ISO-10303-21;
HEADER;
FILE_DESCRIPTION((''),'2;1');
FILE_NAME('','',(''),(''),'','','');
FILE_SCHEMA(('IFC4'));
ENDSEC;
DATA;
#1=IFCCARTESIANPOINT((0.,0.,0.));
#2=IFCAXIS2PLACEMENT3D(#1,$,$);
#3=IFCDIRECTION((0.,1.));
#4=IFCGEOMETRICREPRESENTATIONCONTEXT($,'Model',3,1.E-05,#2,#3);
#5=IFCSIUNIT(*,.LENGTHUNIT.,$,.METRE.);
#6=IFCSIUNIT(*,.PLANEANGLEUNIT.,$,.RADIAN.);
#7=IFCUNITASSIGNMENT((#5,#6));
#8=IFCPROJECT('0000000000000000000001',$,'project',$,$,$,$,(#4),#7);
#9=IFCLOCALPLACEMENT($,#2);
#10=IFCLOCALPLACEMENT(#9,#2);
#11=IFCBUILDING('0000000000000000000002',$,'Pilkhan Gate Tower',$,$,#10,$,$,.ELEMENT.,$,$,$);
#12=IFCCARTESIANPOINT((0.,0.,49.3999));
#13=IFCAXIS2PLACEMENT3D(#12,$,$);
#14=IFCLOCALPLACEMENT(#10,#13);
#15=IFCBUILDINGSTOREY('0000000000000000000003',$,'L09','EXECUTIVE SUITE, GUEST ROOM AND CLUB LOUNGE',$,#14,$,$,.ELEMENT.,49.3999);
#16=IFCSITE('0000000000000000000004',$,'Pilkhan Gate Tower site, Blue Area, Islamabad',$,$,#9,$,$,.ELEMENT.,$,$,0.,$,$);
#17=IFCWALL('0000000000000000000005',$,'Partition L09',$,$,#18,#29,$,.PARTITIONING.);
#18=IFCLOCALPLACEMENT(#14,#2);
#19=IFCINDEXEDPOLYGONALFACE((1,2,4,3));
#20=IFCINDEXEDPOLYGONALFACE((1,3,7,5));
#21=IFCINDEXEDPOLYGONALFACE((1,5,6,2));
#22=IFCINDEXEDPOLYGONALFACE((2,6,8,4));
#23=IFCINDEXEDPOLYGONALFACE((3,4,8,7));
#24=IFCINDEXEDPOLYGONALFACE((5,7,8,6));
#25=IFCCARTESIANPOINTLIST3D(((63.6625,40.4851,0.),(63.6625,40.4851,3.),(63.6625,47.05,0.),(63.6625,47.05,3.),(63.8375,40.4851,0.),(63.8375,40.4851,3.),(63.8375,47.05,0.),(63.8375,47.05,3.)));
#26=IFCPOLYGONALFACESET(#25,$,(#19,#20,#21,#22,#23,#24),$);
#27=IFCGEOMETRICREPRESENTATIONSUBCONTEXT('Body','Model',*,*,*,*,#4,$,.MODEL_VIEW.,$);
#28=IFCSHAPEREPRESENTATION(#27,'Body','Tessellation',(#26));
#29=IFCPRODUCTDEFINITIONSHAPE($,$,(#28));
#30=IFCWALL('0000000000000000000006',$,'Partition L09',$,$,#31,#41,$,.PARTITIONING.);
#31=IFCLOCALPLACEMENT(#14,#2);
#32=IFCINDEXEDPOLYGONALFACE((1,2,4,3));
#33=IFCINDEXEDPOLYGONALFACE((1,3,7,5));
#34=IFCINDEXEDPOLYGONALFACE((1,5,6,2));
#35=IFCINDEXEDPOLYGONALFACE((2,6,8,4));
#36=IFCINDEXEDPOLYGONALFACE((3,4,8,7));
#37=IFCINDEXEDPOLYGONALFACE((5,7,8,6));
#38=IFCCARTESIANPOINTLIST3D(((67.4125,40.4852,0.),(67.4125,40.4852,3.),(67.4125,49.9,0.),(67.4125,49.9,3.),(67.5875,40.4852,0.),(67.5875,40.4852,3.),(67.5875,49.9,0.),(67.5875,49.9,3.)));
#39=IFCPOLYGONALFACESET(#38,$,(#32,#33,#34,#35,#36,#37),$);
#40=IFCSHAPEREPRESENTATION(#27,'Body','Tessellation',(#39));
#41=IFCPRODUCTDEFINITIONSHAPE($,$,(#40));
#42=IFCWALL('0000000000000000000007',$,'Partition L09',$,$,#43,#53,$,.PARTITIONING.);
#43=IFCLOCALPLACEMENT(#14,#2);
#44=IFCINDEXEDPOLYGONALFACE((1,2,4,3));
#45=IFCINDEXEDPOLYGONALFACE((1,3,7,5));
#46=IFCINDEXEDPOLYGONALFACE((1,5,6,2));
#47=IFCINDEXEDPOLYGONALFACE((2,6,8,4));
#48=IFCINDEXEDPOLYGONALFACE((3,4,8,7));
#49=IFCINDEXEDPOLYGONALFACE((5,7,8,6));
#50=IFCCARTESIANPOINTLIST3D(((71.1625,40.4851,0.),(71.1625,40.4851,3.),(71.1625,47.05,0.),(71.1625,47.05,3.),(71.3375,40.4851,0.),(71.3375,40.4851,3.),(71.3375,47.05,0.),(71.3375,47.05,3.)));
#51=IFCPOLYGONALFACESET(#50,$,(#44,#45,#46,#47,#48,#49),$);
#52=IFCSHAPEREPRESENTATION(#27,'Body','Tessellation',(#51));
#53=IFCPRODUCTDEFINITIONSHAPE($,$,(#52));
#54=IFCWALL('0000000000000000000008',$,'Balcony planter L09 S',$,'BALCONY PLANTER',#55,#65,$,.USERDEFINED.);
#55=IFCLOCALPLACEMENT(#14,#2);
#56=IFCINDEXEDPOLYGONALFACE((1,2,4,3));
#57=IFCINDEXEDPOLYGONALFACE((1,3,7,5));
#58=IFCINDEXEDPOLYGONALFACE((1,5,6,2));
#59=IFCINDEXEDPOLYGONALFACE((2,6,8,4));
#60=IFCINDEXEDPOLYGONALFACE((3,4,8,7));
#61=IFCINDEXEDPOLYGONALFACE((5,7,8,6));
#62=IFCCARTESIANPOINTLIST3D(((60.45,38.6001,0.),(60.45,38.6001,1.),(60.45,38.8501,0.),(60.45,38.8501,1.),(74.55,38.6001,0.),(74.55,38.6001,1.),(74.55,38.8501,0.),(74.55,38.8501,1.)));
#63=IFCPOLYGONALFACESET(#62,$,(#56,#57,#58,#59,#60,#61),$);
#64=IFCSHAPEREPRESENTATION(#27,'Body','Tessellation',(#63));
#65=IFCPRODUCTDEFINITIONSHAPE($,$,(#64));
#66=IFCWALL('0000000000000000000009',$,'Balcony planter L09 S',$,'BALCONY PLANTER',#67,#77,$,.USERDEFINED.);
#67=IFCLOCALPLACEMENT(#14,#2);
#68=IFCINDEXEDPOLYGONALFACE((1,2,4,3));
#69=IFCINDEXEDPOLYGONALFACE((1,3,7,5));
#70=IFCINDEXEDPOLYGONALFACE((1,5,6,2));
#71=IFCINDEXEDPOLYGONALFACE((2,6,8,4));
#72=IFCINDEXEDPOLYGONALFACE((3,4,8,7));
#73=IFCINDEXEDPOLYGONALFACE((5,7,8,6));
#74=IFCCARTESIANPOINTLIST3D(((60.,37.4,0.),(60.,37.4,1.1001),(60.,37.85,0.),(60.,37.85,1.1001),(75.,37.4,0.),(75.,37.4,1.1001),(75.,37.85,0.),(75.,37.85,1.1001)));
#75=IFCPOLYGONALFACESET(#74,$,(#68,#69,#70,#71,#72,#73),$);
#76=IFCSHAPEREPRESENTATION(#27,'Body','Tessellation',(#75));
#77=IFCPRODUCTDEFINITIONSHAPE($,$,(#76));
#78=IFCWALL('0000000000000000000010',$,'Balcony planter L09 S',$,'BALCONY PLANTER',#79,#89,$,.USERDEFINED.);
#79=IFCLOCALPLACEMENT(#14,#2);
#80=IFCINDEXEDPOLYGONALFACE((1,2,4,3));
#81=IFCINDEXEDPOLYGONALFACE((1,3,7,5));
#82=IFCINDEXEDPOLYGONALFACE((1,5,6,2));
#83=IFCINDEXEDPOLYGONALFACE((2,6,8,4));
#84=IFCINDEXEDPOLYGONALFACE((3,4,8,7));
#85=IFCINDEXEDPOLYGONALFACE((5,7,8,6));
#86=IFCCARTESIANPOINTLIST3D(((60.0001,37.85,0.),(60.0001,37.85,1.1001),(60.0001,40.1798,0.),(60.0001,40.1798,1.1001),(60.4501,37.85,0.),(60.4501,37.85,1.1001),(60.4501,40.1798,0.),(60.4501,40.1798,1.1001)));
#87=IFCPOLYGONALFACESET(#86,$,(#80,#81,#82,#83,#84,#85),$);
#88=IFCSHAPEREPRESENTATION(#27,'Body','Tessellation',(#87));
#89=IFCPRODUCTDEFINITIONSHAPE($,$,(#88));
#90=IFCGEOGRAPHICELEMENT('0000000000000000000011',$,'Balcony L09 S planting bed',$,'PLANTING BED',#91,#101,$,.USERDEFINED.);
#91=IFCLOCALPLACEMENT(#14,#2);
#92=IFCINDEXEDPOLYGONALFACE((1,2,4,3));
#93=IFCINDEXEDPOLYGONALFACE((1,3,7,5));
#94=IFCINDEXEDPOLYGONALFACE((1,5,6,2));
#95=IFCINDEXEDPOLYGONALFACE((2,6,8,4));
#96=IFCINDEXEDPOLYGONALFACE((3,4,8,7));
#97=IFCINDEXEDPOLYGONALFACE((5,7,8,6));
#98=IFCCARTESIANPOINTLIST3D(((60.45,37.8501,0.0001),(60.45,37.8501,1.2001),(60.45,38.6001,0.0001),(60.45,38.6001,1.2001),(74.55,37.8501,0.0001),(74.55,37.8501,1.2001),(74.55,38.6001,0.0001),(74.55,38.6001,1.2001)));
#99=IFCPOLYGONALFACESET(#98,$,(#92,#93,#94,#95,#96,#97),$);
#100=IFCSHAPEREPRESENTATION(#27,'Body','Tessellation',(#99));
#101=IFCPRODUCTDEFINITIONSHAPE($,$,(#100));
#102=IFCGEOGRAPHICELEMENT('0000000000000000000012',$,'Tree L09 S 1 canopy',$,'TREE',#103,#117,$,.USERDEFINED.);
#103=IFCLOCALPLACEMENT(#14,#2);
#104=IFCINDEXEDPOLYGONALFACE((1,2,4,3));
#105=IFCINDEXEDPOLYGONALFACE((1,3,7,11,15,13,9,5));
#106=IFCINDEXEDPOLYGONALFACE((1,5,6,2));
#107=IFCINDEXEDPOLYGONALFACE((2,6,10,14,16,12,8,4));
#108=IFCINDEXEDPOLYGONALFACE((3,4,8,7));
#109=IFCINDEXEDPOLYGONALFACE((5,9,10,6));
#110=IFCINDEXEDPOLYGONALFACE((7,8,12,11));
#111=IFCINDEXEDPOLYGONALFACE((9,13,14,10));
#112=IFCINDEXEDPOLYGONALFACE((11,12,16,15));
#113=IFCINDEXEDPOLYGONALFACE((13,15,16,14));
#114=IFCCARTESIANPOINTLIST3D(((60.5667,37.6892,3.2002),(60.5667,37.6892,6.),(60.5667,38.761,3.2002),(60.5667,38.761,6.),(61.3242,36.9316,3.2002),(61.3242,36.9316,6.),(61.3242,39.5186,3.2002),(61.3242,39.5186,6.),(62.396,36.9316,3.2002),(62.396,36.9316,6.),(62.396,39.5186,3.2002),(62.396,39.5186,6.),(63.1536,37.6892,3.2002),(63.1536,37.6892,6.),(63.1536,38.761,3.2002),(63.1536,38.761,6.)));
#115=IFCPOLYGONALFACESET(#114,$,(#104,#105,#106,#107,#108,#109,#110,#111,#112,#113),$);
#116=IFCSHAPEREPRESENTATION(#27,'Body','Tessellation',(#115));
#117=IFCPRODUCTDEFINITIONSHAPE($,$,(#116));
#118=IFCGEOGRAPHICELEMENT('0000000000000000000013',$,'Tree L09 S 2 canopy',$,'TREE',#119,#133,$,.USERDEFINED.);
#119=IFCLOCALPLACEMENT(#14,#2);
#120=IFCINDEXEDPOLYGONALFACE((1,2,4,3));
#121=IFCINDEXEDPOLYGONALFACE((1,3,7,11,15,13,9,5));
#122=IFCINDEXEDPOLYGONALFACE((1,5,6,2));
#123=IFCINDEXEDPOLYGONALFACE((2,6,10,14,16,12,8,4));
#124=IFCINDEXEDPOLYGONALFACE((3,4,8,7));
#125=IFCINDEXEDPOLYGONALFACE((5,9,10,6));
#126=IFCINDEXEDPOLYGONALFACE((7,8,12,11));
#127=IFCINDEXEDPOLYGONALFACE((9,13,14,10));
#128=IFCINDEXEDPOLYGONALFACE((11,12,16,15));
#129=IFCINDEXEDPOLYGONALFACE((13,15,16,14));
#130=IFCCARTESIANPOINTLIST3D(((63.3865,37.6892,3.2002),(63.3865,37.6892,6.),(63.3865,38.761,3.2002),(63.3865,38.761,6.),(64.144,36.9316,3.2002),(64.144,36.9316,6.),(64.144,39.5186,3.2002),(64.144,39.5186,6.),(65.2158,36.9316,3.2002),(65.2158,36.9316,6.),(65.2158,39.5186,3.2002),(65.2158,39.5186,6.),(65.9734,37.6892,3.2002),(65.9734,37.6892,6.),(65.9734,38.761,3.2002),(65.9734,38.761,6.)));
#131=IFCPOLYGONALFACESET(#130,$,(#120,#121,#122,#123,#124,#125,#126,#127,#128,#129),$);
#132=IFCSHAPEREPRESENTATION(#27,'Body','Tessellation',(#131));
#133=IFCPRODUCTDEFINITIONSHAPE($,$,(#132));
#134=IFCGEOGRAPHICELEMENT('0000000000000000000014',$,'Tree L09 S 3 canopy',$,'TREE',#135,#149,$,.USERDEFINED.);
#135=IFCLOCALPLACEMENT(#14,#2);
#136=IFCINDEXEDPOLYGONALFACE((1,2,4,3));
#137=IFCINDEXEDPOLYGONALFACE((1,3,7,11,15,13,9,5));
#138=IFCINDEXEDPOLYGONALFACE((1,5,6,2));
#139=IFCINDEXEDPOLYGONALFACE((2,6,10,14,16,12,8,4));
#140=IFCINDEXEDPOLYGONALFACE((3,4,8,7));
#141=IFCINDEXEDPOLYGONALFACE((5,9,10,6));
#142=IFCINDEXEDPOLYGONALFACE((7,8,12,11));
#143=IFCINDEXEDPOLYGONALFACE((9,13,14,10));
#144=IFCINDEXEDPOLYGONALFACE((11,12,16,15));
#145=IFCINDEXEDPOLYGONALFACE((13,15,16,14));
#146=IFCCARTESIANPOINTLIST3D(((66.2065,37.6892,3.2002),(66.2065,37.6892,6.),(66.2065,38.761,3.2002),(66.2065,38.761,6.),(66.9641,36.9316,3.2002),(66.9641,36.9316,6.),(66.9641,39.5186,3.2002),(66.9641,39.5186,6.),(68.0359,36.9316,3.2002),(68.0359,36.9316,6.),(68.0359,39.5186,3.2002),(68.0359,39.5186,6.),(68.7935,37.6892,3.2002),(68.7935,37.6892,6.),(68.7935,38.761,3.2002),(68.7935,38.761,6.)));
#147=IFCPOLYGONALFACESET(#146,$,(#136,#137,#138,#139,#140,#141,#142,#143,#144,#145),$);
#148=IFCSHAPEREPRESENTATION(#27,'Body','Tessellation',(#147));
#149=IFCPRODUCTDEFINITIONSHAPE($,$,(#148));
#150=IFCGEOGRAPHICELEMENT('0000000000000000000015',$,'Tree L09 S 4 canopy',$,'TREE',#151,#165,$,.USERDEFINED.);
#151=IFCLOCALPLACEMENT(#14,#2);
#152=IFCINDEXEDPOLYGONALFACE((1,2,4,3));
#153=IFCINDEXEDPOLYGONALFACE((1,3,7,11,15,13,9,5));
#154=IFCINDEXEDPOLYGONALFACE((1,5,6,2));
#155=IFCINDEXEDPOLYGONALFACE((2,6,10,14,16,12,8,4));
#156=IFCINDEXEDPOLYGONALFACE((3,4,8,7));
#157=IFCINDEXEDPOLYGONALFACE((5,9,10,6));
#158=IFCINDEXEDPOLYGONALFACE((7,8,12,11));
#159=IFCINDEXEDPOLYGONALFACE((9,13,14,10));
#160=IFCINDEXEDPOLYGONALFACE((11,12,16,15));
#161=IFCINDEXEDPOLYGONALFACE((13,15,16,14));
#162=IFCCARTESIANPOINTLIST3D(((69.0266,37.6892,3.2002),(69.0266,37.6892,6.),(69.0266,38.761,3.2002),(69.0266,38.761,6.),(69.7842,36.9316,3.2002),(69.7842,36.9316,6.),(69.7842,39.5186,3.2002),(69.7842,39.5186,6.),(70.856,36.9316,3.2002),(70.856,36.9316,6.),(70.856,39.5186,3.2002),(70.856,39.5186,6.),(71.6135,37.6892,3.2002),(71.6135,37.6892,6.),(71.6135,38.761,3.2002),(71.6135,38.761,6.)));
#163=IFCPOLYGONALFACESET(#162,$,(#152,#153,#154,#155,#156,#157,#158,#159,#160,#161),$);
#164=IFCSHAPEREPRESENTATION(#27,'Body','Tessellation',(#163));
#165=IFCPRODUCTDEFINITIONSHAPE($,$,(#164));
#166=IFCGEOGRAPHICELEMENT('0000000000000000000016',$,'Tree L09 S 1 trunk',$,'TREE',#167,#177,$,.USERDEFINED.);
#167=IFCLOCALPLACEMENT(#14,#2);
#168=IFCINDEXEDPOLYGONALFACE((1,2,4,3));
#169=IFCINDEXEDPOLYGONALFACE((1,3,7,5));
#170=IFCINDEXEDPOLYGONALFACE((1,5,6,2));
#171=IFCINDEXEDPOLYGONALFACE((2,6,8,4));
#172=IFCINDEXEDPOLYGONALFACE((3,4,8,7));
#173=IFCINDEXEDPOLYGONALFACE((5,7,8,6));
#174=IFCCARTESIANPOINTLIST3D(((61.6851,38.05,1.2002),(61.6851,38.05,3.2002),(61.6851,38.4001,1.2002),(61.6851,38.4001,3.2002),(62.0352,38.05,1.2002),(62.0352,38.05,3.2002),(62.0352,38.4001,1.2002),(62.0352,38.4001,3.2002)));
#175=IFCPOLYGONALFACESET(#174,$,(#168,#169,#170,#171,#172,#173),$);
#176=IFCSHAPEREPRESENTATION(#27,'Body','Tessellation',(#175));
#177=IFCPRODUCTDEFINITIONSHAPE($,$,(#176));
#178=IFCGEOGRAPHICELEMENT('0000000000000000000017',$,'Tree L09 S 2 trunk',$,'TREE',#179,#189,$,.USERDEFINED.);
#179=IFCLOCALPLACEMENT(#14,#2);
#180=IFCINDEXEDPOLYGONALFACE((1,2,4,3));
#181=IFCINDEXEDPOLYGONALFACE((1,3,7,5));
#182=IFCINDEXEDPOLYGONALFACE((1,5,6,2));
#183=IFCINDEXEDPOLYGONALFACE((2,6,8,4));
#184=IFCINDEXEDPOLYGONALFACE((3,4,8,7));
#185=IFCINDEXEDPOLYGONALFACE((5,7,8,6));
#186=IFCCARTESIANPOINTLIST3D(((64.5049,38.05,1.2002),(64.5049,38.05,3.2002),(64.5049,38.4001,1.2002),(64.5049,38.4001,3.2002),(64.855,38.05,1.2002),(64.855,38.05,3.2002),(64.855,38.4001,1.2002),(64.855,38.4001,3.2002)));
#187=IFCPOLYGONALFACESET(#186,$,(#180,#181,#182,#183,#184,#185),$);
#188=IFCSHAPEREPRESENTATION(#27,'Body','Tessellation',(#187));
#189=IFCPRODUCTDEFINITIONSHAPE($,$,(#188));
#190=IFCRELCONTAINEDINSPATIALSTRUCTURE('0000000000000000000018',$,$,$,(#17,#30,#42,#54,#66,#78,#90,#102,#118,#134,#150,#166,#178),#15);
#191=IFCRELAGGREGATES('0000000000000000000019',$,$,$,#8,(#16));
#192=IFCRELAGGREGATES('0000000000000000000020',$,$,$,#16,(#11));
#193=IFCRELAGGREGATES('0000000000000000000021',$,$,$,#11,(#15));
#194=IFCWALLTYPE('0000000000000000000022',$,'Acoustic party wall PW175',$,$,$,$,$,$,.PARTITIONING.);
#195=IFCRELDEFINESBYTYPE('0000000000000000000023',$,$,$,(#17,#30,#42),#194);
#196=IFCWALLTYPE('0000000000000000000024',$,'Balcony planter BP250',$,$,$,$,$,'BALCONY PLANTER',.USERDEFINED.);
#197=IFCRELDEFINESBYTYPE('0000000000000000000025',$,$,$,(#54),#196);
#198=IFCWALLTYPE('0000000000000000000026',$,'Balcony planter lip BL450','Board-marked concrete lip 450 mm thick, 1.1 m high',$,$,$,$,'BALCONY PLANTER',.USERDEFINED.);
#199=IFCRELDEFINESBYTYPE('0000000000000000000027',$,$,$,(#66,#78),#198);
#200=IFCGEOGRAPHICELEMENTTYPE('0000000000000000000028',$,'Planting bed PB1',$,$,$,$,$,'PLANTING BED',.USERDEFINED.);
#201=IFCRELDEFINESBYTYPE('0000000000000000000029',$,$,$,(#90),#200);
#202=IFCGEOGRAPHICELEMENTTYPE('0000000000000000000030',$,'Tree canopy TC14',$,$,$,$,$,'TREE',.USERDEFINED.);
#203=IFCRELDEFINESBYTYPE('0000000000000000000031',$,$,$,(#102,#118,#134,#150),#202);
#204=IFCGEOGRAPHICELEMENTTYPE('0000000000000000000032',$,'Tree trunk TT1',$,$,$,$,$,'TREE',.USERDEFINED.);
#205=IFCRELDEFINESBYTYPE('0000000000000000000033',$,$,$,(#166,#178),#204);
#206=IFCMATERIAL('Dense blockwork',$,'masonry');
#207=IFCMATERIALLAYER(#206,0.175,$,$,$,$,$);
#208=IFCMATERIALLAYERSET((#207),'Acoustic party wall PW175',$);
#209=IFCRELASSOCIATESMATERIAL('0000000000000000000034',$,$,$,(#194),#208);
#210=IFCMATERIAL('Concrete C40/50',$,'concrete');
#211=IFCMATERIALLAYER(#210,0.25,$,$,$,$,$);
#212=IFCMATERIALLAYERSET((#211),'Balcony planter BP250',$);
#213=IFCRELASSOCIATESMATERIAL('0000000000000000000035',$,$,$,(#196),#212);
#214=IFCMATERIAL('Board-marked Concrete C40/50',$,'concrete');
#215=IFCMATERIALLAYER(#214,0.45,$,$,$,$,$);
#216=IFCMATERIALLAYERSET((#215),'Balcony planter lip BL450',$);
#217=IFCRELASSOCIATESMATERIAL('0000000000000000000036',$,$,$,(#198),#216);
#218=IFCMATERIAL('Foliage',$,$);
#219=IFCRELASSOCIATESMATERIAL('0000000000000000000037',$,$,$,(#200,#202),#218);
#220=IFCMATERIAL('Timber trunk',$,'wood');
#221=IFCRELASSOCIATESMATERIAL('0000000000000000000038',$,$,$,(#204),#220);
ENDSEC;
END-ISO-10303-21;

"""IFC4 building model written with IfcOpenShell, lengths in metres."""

from ifc_helpers import new_model, si_unit, direction, frame, frame_2d, origin, origin_2d, place, context, subcontext, project, spatial, polyline, rectangle, outline, extrude, material, layer, layer_set, material_profile, profile_set, type_object, element, save


model = new_model("IFC4")

# Units and contexts
model_context = context("Model", 3, precision=1e-05, world=origin(), true_north=direction((0.0, 1.0)))
body_context = subcontext(model_context, "Body", "Model", "MODEL_VIEW")
ifc_project = project(units=[si_unit("LENGTHUNIT", "METRE"), si_unit("PLANEANGLEUNIT", "RADIAN")], contexts=[model_context])

# Site, building, storey
site_placement = place(None, origin())
site = spatial("IfcSite", under=ifc_project, at=site_placement, Name="Pilkhan Gate Tower site, Blue Area, Islamabad", CompositionType="ELEMENT", RefElevation=0.0)
building_placement = place(site_placement, origin())
building = spatial("IfcBuilding", under=site, at=building_placement, Name="Pilkhan Gate Tower", CompositionType="ELEMENT")
storey_placement = place(building_placement, frame((0.0, 0.0, 49.3999)))
storey = spatial("IfcBuildingStorey", under=building, at=storey_placement, Name="L09", Description="EXECUTIVE SUITE, GUEST ROOM AND CLUB LOUNGE", CompositionType="ELEMENT", Elevation=49.3999)

# Walls
ifc_material_1 = material(Name="Dense blockwork", Category="masonry")
ifc_layer_1 = layer(ifc_material_1, 0.175)
ifc_layer_set_1 = layer_set([ifc_layer_1], Name="Acoustic party wall PW175")
wall_type_1 = type_object("IfcWallType", Name="Acoustic party wall PW175", PredefinedType="PARTITIONING", material=ifc_layer_set_1)
wall_1_placement = place(storey_placement, frame((63.75, 40.4851, 0.0), z_axis=(0.0, 0.0, 1.0), x_axis=(0.0, 1.0, 0.0)))
element("IfcWall", 1, at=wall_1_placement, inside=storey, type_object=wall_type_1, Name="Partition L09", PredefinedType="PARTITIONING", context=body_context, shape_type="SweptSolid", body=[
    extrude(rectangle(XDim=6.5649, YDim=0.175, at=frame_2d((3.2825, 0.0))), origin(), (0.0, 0.0, 1.0), 3.0),
])
wall_2_placement = place(storey_placement, frame((67.5, 40.4851, 0.0), z_axis=(0.0, 0.0, 1.0), x_axis=(0.0, 1.0, 0.0)))
element("IfcWall", 2, at=wall_2_placement, inside=storey, type_object=wall_type_1, Name="Partition L09", PredefinedType="PARTITIONING", context=body_context, shape_type="SweptSolid", body=[
    extrude(rectangle(XDim=9.4148, YDim=0.175, at=frame_2d((4.7075, 0.0))), origin(), (0.0, 0.0, 1.0), 3.0),
])
wall_3_placement = place(storey_placement, frame((71.25, 40.4851, 0.0), z_axis=(0.0, 0.0, 1.0), x_axis=(0.0, 1.0, 0.0)))
element("IfcWall", 3, at=wall_3_placement, inside=storey, type_object=wall_type_1, Name="Partition L09", PredefinedType="PARTITIONING", context=body_context, shape_type="SweptSolid", body=[
    extrude(rectangle(XDim=6.5649, YDim=0.175, at=frame_2d((3.2825, 0.0))), origin(), (0.0, 0.0, 1.0), 3.0),
])
ifc_material_2 = material(Name="Concrete C40/50", Category="concrete")
ifc_layer_2 = layer(ifc_material_2, 0.25)
ifc_layer_set_2 = layer_set([ifc_layer_2], Name="Balcony planter BP250")
wall_type_2 = type_object("IfcWallType", Name="Balcony planter BP250", ElementType="BALCONY PLANTER", PredefinedType="USERDEFINED", material=ifc_layer_set_2)
wall_4_placement = place(storey_placement, frame((60.45, 38.7251, 0.0), z_axis=(0.0, 0.0, 1.0), x_axis=(1.0, 0.0, 0.0)))
element("IfcWall", 4, at=wall_4_placement, inside=storey, type_object=wall_type_2, Name="Balcony planter L09 S", ObjectType="BALCONY PLANTER", PredefinedType="USERDEFINED", context=body_context, shape_type="SweptSolid", body=[
    extrude(rectangle(XDim=14.1001, YDim=0.25, at=frame_2d((7.05, 0.0))), origin(), (0.0, 0.0, 1.0), 1.0),
])
ifc_material_3 = material(Name="Board-marked Concrete C40/50", Category="concrete")
ifc_layer_3 = layer(ifc_material_3, 0.45)
ifc_layer_set_3 = layer_set([ifc_layer_3], Name="Balcony planter lip BL450")
wall_type_3 = type_object("IfcWallType", Name="Balcony planter lip BL450", Description="Board-marked concrete lip 450 mm thick, 1.1 m high", ElementType="BALCONY PLANTER", PredefinedType="USERDEFINED", material=ifc_layer_set_3)
wall_5_placement = place(storey_placement, frame((60.0, 37.625, 0.0), z_axis=(0.0, 0.0, 1.0), x_axis=(1.0, 0.0, 0.0)))
element("IfcWall", 5, at=wall_5_placement, inside=storey, type_object=wall_type_3, Name="Balcony planter L09 S", ObjectType="BALCONY PLANTER", PredefinedType="USERDEFINED", context=body_context, shape_type="SweptSolid", body=[
    extrude(rectangle(XDim=15.0, YDim=0.45, at=frame_2d((7.5, 0.0))), origin(), (0.0, 0.0, 1.0), 1.1001),
])
wall_6_placement = place(storey_placement, frame((60.2251, 40.1799, 0.0), z_axis=(0.0, 0.0, 1.0), x_axis=(0.0, -1.0, 0.0)))
element("IfcWall", 6, at=wall_6_placement, inside=storey, type_object=wall_type_3, Name="Balcony planter L09 S", ObjectType="BALCONY PLANTER", PredefinedType="USERDEFINED", context=body_context, shape_type="SweptSolid", body=[
    extrude(rectangle(XDim=2.3298, YDim=0.45, at=frame_2d((1.165, 0.0))), origin(), (0.0, 0.0, 1.0), 1.1001),
])

# Geographic elements
ifc_material_4 = material(Name="Foliage")
ifc_material_profile_1 = material_profile(ifc_material_4, rectangle(XDim=0.75, YDim=1.2, at=origin_2d()), Name="Bed 750x1200")
ifc_profile_set_1 = profile_set([ifc_material_profile_1], Name="Foliage")
geographic_element_type_1 = type_object("IfcGeographicElementType", Name="Planting bed PB1", ElementType="PLANTING BED", PredefinedType="USERDEFINED", material=ifc_profile_set_1)
geographic_element_placement = place(storey_placement, frame((60.45, 38.2251, 0.6001), z_axis=(1.0, 0.0, 0.0), x_axis=(0.0, 1.0, 0.0)))
element("IfcGeographicElement", 7, at=geographic_element_placement, inside=storey, type_object=geographic_element_type_1, Name="Balcony L09 S planting bed", ObjectType="PLANTING BED", PredefinedType="USERDEFINED", context=body_context, shape_type="SweptSolid", body=[
    extrude(rectangle(XDim=0.75, YDim=1.2, at=origin_2d()), origin(), (0.0, 0.0, 1.0), 14.1001),
])
ifc_material_profile_2 = material_profile(ifc_material_4, outline(polyline([(1.2935, 0.5359), (0.5359, 1.2935), (-0.5359, 1.2935), (-1.2935, 0.5359), (-1.2935, -0.5359), (-0.5359, -1.2935), (0.5359, -1.2935), (1.2935, -0.5359), (1.2935, 0.5359)])), Name="Canopy D2.8")
ifc_profile_set_2 = profile_set([ifc_material_profile_2], Name="Foliage")
geographic_element_type_2 = type_object("IfcGeographicElementType", Name="Tree canopy TC14", ElementType="TREE", PredefinedType="USERDEFINED", material=ifc_profile_set_2)
for number, where, z_axis, x_axis, name in (
    (8, (61.8601, 38.2251, 3.2002), (0.0, 0.0, 1.0), (1.0, 0.0, 0.0), "Tree L09 S 1 canopy"),
    (9, (64.6799, 38.2251, 3.2002), (0.0, 0.0, 1.0), (1.0, 0.0, 0.0), "Tree L09 S 2 canopy"),
    (10, (67.5, 38.2251, 3.2002), (0.0, 0.0, 1.0), (1.0, 0.0, 0.0), "Tree L09 S 3 canopy"),
    (11, (70.3201, 38.2251, 3.2002), (0.0, 0.0, 1.0), (1.0, 0.0, 0.0), "Tree L09 S 4 canopy"),
):
    element("IfcGeographicElement", number, at=place(storey_placement, frame(where, z_axis=z_axis, x_axis=x_axis)), inside=storey, type_object=geographic_element_type_2, Name=name, ObjectType="TREE", PredefinedType="USERDEFINED", context=body_context, shape_type="SweptSolid", body=[
        extrude(outline(polyline([(1.2935, 0.5359), (0.5359, 1.2935), (-0.5359, 1.2935), (-1.2935, 0.5359), (-1.2935, -0.5359), (-0.5359, -1.2935), (0.5359, -1.2935), (1.2935, -0.5359), (1.2935, 0.5359)])), origin(), (0.0, 0.0, 1.0), 2.7998),
    ])
ifc_material_5 = material(Name="Timber trunk", Category="wood")
geographic_element_type_3 = type_object("IfcGeographicElementType", Name="Tree trunk TT1", ElementType="TREE", PredefinedType="USERDEFINED", material=ifc_material_5)
for number, where, z_axis, x_axis, name in (
    (12, (61.8601, 38.2251, 1.2002), (0.0, 0.0, 1.0), (1.0, 0.0, 0.0), "Tree L09 S 1 trunk"),
    (13, (64.6799, 38.2251, 1.2002), (0.0, 0.0, 1.0), (1.0, 0.0, 0.0), "Tree L09 S 2 trunk"),
):
    element("IfcGeographicElement", number, at=place(storey_placement, frame(where, z_axis=z_axis, x_axis=x_axis)), inside=storey, type_object=geographic_element_type_3, Name=name, ObjectType="TREE", PredefinedType="USERDEFINED", context=body_context, shape_type="SweptSolid", body=[
        extrude(rectangle(XDim=0.3501, YDim=0.3501, at=origin_2d()), origin(), (0.0, 0.0, 1.0), 2.0),
    ])

save(model, "model.ifc")
